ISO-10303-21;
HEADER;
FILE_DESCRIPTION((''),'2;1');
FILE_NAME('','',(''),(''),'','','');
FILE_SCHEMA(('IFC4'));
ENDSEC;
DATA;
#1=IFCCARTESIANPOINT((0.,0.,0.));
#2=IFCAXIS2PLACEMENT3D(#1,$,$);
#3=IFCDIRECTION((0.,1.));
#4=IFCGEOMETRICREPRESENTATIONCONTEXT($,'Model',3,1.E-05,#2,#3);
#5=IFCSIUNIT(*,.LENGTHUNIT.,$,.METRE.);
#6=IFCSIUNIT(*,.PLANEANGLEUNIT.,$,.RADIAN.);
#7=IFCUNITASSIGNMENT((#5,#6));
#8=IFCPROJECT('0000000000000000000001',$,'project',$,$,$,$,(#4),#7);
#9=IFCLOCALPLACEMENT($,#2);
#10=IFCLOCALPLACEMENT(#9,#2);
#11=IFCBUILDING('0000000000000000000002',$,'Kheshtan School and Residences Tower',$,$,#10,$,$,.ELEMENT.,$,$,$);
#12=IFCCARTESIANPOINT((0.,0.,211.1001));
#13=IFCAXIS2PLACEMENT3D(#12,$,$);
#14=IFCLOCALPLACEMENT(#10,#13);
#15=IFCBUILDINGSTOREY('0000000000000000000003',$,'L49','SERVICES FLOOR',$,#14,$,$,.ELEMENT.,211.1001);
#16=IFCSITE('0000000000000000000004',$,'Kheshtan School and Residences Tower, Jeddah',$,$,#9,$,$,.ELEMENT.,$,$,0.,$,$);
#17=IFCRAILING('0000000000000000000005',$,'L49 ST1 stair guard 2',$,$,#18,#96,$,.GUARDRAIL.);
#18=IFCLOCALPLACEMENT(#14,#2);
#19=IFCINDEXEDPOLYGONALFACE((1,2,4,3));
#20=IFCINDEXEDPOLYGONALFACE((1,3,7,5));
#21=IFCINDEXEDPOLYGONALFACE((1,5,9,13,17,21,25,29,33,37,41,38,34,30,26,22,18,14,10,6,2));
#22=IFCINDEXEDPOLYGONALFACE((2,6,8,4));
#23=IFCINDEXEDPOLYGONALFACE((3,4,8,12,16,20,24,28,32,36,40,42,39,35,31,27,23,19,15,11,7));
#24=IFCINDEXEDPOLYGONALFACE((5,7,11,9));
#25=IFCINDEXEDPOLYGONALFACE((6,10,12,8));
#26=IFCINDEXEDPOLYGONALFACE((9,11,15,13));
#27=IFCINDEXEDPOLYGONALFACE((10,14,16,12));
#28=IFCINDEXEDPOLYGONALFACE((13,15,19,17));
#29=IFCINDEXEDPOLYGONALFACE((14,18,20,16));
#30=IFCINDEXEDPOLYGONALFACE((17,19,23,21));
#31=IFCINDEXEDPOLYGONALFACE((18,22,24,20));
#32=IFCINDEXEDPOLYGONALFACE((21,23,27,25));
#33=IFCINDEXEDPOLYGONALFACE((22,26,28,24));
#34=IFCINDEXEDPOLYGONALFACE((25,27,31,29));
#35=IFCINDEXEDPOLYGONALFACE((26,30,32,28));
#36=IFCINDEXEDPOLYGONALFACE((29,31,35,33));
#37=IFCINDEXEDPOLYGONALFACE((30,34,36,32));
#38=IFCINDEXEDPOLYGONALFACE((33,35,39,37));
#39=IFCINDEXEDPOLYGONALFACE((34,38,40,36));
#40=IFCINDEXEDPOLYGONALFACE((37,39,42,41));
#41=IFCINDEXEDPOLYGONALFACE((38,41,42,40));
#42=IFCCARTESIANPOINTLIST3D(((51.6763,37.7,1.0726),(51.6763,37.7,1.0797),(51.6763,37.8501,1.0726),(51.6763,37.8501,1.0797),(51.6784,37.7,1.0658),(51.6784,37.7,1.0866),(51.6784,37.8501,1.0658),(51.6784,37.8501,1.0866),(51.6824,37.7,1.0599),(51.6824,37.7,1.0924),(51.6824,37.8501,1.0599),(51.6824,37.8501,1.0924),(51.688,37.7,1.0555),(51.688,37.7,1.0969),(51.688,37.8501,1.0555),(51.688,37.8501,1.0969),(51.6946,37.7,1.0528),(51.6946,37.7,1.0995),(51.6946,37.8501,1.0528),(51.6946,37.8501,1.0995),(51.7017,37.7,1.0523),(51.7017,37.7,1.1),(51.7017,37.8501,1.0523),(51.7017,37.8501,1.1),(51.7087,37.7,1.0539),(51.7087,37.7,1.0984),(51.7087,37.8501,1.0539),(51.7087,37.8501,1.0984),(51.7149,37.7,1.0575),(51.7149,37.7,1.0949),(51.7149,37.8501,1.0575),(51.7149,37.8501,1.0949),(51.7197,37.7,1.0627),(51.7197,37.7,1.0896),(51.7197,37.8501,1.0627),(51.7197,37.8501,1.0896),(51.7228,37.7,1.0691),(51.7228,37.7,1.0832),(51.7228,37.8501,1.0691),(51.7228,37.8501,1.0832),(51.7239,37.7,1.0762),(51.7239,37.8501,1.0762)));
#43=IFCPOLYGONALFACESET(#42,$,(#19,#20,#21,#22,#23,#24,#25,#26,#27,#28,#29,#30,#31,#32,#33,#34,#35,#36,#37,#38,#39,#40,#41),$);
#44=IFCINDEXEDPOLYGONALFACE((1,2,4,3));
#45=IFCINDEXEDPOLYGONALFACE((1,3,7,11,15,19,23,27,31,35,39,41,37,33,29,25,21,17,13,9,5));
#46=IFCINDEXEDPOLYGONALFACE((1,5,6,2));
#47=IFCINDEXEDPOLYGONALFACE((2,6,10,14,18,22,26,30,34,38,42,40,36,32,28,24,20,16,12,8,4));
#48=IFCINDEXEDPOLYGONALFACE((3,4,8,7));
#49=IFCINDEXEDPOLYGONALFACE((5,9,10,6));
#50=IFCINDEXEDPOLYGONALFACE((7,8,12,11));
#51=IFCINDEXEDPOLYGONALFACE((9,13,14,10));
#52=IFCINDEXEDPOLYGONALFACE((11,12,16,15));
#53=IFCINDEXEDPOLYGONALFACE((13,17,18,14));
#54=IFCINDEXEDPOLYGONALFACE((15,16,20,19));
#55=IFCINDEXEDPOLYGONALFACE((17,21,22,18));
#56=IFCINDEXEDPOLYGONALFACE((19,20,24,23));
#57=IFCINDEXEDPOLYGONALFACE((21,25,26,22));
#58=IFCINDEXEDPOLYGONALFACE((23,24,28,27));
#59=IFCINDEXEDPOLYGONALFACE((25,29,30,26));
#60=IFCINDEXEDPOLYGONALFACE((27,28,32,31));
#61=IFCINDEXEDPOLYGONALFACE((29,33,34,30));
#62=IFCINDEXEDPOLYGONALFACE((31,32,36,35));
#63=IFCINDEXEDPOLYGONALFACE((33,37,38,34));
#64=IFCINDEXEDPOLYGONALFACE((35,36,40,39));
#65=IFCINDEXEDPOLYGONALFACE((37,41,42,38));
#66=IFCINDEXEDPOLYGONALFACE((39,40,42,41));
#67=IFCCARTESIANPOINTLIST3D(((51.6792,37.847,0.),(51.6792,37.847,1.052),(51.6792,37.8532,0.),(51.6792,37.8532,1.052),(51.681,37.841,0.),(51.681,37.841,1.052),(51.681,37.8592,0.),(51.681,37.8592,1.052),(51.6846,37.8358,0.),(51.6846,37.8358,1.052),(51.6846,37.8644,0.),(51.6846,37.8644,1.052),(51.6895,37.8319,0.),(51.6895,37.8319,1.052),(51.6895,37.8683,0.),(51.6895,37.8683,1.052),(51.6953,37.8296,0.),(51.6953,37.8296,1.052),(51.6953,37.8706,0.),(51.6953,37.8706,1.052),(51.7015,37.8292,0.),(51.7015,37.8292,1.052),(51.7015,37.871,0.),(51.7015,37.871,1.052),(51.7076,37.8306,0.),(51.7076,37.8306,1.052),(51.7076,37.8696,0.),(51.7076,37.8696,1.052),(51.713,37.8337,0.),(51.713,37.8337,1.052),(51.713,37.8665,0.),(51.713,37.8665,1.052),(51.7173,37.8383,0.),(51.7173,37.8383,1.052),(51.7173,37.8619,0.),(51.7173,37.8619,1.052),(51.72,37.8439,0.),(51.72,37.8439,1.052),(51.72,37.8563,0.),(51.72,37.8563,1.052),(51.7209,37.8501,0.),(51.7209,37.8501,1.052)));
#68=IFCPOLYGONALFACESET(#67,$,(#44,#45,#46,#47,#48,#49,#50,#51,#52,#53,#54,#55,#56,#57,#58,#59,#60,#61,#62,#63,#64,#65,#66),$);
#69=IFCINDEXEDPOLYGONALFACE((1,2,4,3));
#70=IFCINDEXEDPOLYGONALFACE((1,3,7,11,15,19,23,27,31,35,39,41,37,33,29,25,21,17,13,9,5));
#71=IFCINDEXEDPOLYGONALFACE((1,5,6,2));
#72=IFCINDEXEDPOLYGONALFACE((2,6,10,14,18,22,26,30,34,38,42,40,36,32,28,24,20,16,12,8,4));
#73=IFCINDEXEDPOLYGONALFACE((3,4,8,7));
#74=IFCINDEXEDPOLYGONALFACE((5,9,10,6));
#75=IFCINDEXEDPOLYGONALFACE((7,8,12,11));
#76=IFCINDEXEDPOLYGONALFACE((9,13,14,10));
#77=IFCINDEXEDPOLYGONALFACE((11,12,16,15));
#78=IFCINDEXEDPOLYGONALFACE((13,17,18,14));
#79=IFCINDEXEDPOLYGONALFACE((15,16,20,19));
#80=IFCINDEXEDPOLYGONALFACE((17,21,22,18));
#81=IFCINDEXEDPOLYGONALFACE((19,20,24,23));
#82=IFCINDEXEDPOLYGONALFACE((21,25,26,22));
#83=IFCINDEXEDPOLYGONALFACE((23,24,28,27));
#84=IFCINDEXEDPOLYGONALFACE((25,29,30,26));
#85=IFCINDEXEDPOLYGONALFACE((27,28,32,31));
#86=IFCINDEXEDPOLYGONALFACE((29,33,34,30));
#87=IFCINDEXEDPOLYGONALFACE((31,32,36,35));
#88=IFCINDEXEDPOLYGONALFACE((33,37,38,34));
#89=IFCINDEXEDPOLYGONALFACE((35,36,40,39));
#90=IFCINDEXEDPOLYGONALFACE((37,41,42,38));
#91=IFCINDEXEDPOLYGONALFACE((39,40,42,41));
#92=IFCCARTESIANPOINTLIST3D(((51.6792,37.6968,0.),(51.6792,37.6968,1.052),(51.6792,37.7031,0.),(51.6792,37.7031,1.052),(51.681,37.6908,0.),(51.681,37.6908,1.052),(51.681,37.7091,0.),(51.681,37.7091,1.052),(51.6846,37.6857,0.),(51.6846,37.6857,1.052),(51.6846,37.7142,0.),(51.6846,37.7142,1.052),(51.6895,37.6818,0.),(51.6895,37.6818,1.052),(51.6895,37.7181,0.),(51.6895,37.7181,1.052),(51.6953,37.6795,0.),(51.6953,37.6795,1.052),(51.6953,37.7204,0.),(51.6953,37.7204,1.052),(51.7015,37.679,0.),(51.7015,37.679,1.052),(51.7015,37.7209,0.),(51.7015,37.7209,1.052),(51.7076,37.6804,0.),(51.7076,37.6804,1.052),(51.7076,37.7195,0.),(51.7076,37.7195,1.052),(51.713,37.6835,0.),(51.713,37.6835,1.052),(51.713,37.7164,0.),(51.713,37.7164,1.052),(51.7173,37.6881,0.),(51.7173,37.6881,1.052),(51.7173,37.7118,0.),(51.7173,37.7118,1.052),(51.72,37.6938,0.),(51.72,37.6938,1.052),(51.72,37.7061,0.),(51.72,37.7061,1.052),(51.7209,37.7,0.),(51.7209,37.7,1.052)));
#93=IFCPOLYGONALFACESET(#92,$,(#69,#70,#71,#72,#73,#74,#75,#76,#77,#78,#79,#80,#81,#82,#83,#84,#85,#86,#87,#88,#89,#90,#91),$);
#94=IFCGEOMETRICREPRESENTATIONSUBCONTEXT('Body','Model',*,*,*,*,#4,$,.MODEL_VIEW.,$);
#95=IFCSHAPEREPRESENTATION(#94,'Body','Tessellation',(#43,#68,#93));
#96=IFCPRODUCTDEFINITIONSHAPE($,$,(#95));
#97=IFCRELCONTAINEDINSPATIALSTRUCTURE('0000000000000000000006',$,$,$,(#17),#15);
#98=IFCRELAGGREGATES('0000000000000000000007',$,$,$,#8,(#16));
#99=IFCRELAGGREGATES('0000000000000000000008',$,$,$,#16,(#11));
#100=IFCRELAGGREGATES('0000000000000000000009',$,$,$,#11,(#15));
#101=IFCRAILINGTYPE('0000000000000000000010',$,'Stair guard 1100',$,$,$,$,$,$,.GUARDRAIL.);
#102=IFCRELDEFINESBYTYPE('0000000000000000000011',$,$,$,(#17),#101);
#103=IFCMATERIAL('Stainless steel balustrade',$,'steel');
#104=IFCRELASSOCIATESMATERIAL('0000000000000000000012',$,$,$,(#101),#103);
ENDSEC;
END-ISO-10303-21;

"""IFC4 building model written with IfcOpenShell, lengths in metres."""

from ifc_helpers import new_model, si_unit, direction, frame, origin, origin_2d, place, context, subcontext, project, spatial, circle, extrude, material, type_object, element, save


model = new_model("IFC4")

# Units and contexts
model_context = context("Model", 3, precision=1e-05, world=origin(), true_north=direction((0.0, 1.0)))
body_context = subcontext(model_context, "Body", "Model", "MODEL_VIEW")
ifc_project = project(units=[si_unit("LENGTHUNIT", "METRE"), si_unit("PLANEANGLEUNIT", "RADIAN")], contexts=[model_context])

# Site, building, storey
site_placement = place(None, origin())
site = spatial("IfcSite", under=ifc_project, at=site_placement, Name="Kheshtan School and Residences Tower, Jeddah", CompositionType="ELEMENT", RefElevation=0.0)
building_placement = place(site_placement, origin())
building = spatial("IfcBuilding", under=site, at=building_placement, Name="Kheshtan School and Residences Tower", CompositionType="ELEMENT")
storey_placement = place(building_placement, frame((0.0, 0.0, 211.1001)))
storey = spatial("IfcBuildingStorey", under=building, at=storey_placement, Name="L49", Description="SERVICES FLOOR", CompositionType="ELEMENT", Elevation=211.1001)

# Railing
ifc_material_1 = material(Name="Stainless steel balustrade", Category="steel")
railing_type_1 = type_object("IfcRailingType", Name="Stair guard 1100", PredefinedType="GUARDRAIL", material=ifc_material_1)
railing_1_placement = place(storey_placement, frame((51.7, 37.8501, 0.0)))
element("IfcRailing", 1, at=railing_1_placement, inside=storey, type_object=railing_type_1, Name="L49 ST1 stair guard 2", PredefinedType="GUARDRAIL", context=body_context, shape_type="SweptSolid", body=[
    extrude(circle(Radius=0.0239, at=origin_2d()), frame((0.0, 0.0, 1.0762), z_axis=(0.0, -1.0, 0.0), x_axis=(1.0, 0.0, 0.0)), (0.0, 0.0, 1.0), 0.1501),
    extrude(circle(Radius=0.021, at=origin_2d()), origin(), (0.0, 0.0, 1.0), 1.052),
    extrude(circle(Radius=0.021, at=origin_2d()), frame((0.0, -0.1501, 0.0)), (0.0, 0.0, 1.0), 1.052),
])

save(model, "model.ifc")
